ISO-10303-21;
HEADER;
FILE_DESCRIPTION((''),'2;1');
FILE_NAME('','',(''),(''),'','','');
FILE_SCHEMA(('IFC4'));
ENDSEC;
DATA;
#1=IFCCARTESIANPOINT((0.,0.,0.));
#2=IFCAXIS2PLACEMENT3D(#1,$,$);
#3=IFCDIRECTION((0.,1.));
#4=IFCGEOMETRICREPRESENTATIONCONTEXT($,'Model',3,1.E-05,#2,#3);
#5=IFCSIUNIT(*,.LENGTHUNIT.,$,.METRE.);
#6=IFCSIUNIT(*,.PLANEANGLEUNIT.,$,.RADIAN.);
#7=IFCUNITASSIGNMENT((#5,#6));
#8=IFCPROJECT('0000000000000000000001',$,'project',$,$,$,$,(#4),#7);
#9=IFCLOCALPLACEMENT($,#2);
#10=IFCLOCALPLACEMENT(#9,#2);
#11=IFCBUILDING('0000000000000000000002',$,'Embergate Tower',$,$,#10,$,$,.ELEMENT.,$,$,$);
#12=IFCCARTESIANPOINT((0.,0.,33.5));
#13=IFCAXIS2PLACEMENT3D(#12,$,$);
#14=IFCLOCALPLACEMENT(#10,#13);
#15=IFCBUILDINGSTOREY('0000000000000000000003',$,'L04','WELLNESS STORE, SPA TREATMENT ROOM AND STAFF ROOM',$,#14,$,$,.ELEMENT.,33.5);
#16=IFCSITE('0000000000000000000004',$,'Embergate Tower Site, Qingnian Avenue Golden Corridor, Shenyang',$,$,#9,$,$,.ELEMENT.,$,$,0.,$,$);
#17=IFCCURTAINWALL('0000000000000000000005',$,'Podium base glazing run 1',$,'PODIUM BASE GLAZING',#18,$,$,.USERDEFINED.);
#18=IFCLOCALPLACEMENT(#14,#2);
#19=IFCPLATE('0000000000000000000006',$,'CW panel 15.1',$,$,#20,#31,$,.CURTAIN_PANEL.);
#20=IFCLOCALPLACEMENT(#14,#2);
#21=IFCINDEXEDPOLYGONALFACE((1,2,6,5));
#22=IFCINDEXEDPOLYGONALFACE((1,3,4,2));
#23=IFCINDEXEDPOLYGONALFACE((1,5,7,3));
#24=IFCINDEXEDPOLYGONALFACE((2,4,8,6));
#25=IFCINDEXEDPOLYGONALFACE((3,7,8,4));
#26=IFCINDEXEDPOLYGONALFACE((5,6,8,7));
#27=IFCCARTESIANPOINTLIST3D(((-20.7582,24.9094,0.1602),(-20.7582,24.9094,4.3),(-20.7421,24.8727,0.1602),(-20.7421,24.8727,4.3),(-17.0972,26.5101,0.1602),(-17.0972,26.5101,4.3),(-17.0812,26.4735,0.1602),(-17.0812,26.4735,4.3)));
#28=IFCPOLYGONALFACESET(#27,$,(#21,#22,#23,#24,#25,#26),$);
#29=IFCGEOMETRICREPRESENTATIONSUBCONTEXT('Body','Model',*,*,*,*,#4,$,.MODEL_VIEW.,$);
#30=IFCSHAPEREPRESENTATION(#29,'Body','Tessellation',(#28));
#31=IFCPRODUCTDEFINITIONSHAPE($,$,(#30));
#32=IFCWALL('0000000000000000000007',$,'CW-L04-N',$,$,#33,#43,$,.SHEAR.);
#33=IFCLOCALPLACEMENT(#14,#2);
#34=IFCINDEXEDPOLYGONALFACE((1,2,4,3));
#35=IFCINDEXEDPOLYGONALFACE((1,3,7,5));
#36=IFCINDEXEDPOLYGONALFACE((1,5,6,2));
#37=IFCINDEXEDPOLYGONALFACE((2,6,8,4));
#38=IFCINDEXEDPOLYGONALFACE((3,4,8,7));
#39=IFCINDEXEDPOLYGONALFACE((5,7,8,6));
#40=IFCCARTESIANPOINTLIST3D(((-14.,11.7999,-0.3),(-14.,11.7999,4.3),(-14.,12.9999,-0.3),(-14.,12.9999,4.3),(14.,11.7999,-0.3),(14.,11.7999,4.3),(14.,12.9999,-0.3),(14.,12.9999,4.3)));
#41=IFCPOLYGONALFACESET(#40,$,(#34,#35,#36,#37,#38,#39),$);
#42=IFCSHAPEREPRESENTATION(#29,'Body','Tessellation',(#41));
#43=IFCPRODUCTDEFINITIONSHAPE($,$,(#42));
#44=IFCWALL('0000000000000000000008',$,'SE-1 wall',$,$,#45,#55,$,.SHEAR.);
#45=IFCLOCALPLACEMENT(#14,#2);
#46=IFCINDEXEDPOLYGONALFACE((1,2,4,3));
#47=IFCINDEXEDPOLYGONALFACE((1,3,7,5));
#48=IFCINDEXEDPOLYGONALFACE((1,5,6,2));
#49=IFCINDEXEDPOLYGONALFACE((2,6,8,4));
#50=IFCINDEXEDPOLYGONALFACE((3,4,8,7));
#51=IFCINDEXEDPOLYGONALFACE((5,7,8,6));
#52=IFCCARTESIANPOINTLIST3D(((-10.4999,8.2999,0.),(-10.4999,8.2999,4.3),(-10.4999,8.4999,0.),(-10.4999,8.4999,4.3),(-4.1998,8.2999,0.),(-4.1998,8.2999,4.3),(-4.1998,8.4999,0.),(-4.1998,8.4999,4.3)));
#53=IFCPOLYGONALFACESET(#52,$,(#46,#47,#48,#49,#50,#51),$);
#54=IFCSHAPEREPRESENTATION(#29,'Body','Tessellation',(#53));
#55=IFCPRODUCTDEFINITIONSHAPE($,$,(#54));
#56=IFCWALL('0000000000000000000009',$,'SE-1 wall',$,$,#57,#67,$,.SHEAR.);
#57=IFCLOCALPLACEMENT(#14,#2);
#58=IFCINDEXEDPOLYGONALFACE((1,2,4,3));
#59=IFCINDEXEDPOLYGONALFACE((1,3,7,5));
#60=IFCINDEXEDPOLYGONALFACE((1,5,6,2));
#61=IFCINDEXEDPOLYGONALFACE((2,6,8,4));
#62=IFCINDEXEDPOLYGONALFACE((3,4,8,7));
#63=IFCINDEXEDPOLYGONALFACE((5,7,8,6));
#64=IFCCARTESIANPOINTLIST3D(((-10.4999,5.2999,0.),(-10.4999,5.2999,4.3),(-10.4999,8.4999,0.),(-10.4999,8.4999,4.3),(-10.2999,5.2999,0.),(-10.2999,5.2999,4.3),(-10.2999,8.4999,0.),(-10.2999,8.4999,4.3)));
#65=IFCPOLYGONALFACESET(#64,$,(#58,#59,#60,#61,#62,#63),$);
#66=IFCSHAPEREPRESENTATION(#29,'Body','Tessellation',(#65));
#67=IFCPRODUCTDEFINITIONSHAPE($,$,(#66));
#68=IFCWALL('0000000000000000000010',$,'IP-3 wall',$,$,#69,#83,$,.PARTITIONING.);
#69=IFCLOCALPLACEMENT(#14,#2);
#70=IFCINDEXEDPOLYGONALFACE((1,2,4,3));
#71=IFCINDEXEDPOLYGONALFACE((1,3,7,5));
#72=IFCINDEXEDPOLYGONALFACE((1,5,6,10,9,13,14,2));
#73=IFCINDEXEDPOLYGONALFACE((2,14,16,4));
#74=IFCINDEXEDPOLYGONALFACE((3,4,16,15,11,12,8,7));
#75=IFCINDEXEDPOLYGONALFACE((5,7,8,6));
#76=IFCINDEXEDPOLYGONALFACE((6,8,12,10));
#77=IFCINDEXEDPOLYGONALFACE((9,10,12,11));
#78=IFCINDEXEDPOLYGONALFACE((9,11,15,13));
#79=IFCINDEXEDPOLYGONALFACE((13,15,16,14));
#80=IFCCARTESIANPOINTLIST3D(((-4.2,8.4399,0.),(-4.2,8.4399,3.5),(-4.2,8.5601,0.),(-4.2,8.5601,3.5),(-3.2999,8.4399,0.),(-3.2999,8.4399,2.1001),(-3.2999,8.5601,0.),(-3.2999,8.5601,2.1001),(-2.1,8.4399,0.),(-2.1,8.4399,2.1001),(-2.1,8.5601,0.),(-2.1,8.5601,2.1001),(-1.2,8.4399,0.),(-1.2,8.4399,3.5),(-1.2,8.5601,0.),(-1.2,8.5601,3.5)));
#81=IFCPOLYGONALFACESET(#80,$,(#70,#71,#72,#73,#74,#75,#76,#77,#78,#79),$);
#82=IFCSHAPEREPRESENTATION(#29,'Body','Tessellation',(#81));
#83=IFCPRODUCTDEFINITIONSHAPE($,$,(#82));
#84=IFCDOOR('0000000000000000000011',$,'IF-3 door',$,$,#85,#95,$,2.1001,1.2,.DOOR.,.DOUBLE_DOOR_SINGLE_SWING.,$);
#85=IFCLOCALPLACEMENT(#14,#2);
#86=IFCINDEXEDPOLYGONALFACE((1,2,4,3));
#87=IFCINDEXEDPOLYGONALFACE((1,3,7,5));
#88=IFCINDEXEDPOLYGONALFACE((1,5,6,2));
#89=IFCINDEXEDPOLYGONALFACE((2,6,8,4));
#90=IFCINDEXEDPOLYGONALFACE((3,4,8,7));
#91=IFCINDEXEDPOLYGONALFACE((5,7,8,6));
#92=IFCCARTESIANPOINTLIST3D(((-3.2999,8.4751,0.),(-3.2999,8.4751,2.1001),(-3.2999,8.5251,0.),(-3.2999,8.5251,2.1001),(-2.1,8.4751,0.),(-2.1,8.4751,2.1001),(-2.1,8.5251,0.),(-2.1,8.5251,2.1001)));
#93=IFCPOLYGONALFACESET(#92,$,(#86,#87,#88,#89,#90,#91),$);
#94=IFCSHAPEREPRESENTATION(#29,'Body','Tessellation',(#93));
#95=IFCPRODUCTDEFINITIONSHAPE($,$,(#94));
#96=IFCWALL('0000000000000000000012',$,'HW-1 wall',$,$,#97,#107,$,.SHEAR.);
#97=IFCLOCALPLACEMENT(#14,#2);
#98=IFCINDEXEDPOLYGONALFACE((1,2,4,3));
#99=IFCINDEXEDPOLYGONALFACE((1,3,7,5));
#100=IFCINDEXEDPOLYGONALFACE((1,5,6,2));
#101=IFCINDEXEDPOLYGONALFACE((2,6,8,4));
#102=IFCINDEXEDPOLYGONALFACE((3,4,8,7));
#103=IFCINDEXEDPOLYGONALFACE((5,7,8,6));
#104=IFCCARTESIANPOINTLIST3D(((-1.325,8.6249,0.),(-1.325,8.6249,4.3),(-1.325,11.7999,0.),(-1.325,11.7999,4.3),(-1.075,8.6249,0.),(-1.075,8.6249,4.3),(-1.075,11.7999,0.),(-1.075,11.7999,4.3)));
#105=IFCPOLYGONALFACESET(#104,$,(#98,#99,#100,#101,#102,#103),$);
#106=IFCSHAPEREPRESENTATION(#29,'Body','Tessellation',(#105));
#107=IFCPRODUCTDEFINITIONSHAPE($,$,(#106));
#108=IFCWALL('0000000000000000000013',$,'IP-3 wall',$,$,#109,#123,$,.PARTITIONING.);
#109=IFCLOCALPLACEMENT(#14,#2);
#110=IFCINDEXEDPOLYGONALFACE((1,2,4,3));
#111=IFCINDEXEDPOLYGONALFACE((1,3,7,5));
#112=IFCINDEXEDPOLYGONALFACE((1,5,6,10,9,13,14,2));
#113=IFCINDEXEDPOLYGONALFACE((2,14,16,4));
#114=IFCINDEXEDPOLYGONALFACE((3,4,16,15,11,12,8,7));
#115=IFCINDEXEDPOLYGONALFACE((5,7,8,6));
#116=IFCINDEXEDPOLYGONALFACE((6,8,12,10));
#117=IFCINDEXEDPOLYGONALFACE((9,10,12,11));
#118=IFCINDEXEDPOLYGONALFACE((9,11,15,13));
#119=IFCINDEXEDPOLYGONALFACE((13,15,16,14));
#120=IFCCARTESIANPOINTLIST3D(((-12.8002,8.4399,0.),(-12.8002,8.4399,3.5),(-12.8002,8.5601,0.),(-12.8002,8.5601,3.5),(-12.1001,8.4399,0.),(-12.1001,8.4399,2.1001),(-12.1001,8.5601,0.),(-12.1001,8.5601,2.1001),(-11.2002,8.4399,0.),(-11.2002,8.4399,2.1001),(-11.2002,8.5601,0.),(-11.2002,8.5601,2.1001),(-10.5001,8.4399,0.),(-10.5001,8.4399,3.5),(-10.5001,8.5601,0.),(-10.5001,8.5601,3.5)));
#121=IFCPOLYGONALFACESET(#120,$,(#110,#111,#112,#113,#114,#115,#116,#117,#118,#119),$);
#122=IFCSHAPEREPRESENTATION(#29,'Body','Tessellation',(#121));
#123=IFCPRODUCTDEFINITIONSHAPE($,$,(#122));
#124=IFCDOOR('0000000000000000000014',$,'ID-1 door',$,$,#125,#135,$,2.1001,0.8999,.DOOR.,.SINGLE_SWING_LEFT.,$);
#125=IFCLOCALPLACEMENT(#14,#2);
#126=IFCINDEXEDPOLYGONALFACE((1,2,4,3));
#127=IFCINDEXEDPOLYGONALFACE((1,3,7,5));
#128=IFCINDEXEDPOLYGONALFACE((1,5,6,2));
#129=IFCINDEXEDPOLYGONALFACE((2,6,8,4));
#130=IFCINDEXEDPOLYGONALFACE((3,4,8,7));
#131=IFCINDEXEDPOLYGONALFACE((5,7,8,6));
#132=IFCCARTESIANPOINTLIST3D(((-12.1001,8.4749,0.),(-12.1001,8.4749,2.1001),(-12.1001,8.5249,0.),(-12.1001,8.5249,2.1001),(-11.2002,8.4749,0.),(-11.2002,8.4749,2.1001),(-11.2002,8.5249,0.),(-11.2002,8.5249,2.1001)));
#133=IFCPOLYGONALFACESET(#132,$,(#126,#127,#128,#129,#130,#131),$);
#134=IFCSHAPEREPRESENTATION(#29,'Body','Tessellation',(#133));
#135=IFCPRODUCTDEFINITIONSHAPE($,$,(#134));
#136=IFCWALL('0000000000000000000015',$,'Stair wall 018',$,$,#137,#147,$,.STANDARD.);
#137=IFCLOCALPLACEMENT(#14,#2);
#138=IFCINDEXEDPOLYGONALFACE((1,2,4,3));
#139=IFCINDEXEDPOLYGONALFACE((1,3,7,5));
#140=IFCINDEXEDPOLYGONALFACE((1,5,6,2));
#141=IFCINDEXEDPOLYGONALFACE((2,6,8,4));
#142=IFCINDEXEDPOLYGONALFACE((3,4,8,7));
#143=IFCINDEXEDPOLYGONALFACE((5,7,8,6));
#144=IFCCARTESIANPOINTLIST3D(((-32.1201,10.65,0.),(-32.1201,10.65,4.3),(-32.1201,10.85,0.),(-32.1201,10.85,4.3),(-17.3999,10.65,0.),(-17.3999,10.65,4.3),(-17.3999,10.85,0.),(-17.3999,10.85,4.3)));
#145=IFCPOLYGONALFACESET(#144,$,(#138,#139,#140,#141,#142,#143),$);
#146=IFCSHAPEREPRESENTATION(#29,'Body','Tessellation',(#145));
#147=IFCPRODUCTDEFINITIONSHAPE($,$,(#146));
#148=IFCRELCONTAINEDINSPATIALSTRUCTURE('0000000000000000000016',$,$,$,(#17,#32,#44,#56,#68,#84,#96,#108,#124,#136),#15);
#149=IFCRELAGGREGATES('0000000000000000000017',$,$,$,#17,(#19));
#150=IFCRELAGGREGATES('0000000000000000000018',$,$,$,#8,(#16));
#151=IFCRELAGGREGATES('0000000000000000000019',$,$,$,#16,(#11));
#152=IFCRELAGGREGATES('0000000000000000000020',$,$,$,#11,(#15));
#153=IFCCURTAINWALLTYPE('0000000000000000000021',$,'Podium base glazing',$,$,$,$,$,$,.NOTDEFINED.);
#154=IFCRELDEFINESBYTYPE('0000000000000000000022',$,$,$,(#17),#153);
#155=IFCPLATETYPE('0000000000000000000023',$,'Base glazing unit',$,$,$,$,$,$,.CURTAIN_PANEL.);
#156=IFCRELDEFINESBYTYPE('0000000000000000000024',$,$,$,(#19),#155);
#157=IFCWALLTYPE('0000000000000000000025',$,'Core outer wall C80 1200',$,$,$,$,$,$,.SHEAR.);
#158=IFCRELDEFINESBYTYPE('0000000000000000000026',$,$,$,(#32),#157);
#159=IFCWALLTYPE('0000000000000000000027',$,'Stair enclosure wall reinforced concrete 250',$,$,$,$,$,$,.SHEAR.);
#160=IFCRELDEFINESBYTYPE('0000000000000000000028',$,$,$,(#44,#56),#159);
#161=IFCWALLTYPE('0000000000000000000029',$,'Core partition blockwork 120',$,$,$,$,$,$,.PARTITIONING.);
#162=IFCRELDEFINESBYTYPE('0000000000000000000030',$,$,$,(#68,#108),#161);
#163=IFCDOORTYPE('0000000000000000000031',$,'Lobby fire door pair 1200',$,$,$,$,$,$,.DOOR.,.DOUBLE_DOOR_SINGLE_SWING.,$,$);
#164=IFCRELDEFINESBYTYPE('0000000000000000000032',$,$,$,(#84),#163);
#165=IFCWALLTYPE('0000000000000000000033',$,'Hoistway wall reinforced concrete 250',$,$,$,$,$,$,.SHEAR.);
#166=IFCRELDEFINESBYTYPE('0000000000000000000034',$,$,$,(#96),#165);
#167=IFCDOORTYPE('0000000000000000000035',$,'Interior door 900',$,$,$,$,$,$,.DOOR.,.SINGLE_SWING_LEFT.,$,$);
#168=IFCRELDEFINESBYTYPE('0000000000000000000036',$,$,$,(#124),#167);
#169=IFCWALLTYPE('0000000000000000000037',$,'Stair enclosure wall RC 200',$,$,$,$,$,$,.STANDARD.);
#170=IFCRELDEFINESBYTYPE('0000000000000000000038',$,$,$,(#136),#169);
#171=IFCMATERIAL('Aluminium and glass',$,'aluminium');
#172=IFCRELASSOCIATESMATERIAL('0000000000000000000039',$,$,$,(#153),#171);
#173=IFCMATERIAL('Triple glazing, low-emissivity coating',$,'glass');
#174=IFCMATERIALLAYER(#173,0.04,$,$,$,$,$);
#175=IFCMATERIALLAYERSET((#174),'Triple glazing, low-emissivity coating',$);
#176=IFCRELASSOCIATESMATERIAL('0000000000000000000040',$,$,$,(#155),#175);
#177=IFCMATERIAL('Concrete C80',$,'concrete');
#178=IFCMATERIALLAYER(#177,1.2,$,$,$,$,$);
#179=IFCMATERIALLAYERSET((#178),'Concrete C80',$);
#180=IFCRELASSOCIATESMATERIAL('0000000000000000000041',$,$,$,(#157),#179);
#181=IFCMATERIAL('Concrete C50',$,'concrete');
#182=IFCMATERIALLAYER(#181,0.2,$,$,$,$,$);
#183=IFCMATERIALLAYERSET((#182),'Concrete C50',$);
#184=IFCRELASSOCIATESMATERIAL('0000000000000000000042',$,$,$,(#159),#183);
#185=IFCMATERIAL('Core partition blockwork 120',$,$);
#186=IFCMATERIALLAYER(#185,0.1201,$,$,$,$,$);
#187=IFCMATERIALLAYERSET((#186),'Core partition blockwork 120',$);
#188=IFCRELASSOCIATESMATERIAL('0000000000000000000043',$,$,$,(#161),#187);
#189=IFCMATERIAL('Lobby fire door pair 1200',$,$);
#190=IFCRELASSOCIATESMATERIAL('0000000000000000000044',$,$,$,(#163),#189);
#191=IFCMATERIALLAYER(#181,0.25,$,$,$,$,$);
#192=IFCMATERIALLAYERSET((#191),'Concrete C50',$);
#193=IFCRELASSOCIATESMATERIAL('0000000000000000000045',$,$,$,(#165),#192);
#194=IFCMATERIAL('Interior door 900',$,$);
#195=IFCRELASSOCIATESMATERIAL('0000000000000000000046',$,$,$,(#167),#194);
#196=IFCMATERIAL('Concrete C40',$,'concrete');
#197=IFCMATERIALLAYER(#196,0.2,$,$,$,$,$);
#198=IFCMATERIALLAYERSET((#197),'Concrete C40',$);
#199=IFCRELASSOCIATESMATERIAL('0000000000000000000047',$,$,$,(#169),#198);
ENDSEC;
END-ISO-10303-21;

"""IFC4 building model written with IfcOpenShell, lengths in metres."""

from ifc_helpers import new_model, si_unit, direction, frame, frame_2d, origin, origin_2d, place, context, subcontext, project, spatial, rectangle, extrude, source, transform, mapped, material, layer, layer_set, type_object, element, fill, aggregate, save


model = new_model("IFC4")

# Units and contexts
model_context = context("Model", 3, precision=1e-05, world=origin(), true_north=direction((0.0, 1.0)))
body_context = subcontext(model_context, "Body", "Model", "MODEL_VIEW")
ifc_project = project(units=[si_unit("LENGTHUNIT", "METRE"), si_unit("PLANEANGLEUNIT", "RADIAN")], contexts=[model_context])

# Site, building, storey
site_placement = place(None, origin())
site = spatial("IfcSite", under=ifc_project, at=site_placement, Name="Embergate Tower Site, Qingnian Avenue Golden Corridor, Shenyang", CompositionType="ELEMENT", RefElevation=0.0)
building_placement = place(site_placement, origin())
building = spatial("IfcBuilding", under=site, at=building_placement, Name="Embergate Tower", CompositionType="ELEMENT")
storey_placement = place(building_placement, frame((0.0, 0.0, 33.5)))
storey = spatial("IfcBuildingStorey", under=building, at=storey_placement, Name="L04", Description="WELLNESS STORE, SPA TREATMENT ROOM AND STAFF ROOM", CompositionType="ELEMENT", Elevation=33.5)

# Curtain wall, plate
ifc_material_1 = material(Name="Aluminium and glass", Category="aluminium")
curtain_wall_type = type_object("IfcCurtainWallType", Name="Podium base glazing", PredefinedType="NOTDEFINED", material=ifc_material_1)
curtain_wall_placement = place(storey_placement, origin())
curtain_wall = element("IfcCurtainWall", 1, at=curtain_wall_placement, inside=storey, type_object=curtain_wall_type, Name="Podium base glazing run 1", ObjectType="PODIUM BASE GLAZING", PredefinedType="USERDEFINED")
ifc_material_2 = material(Name="Triple glazing, low-emissivity coating", Category="glass")
ifc_layer_1 = layer(ifc_material_2, 0.04)
ifc_layer_set_1 = layer_set([ifc_layer_1], Name="Triple glazing, low-emissivity coating")
plate_type = type_object("IfcPlateType", Name="Base glazing unit", PredefinedType="CURTAIN_PANEL", material=ifc_layer_set_1)
shared_shape_1 = source(origin(), body_context, "Body", "SweptSolid", [
    extrude(rectangle(XDim=3.9956, YDim=0.04, at=origin_2d()), origin(), (0.0, 0.0, 1.0), 4.1399),
])
plate_placement = place(storey_placement, frame((-18.9197, 25.6914, 0.1602), z_axis=(0.0, 0.0, 1.0), x_axis=(-0.916237, -0.400637, 0.0)))
plate = element("IfcPlate", 2, at=plate_placement, type_object=plate_type, Name="CW panel 15.1", PredefinedType="CURTAIN_PANEL", context=body_context, shape_type="MappedRepresentation", body=[
    mapped(shared_shape_1, transform((0.0, 0.0, 0.0))),
])
aggregate(curtain_wall, [plate])

# Walls
ifc_material_3 = material(Name="Concrete C80", Category="concrete")
ifc_layer_2 = layer(ifc_material_3, 1.2)
ifc_layer_set_2 = layer_set([ifc_layer_2], Name="Concrete C80")
wall_type_1 = type_object("IfcWallType", Name="Core outer wall C80 1200", PredefinedType="SHEAR", material=ifc_layer_set_2)
shared_shape_2 = source(origin(), body_context, "Body", "SweptSolid", [
    extrude(rectangle(XDim=28.0, YDim=1.2, at=frame_2d((14.0, 0.0))), origin(), (0.0, 0.0, 1.0), 4.6001),
])
wall_1_placement = place(storey_placement, frame((-14.0, 12.3999, -0.3), z_axis=(0.0, 0.0, 1.0), x_axis=(1.0, 0.0, 0.0)))
element("IfcWall", 3, at=wall_1_placement, inside=storey, type_object=wall_type_1, Name="CW-L04-N", PredefinedType="SHEAR", context=body_context, shape_type="MappedRepresentation", body=[
    mapped(shared_shape_2, transform((0.0, 0.0, 0.0))),
])
ifc_material_4 = material(Name="Concrete C50", Category="concrete")
ifc_layer_3 = layer(ifc_material_4, 0.2)
ifc_layer_set_3 = layer_set([ifc_layer_3], Name="Concrete C50")
wall_type_2 = type_object("IfcWallType", Name="Stair enclosure wall reinforced concrete 250", PredefinedType="SHEAR", material=ifc_layer_set_3)
shared_shape_3 = source(origin(), body_context, "Body", "SweptSolid", [
    extrude(rectangle(XDim=6.3, YDim=0.2, at=frame_2d((3.1499, 0.0))), origin(), (0.0, 0.0, 1.0), 4.3),
])
wall_2_placement = place(storey_placement, frame((-4.2, 8.3999, 0.0), z_axis=(0.0, 0.0, 1.0), x_axis=(-1.0, 0.0, 0.0)))
element("IfcWall", 4, at=wall_2_placement, inside=storey, type_object=wall_type_2, Name="SE-1 wall", PredefinedType="SHEAR", context=body_context, shape_type="MappedRepresentation", body=[
    mapped(shared_shape_3, transform((0.0, 0.0, 0.0))),
])
shared_shape_4 = source(origin(), body_context, "Body", "SweptSolid", [
    extrude(rectangle(XDim=3.2, YDim=0.2, at=frame_2d((1.6001, 0.0))), origin(), (0.0, 0.0, 1.0), 4.3),
])
wall_3_placement = place(storey_placement, frame((-10.3999, 8.5, 0.0), z_axis=(0.0, 0.0, 1.0), x_axis=(0.0, -1.0, 0.0)))
element("IfcWall", 5, at=wall_3_placement, inside=storey, type_object=wall_type_2, Name="SE-1 wall", PredefinedType="SHEAR", context=body_context, shape_type="MappedRepresentation", body=[
    mapped(shared_shape_4, transform((0.0, 0.0, 0.0))),
])

# Wall, opening, door
ifc_material_5 = material(Name="Core partition blockwork 120")
ifc_layer_4 = layer(ifc_material_5, 0.1201)
ifc_layer_set_4 = layer_set([ifc_layer_4], Name="Core partition blockwork 120")
wall_type_3 = type_object("IfcWallType", Name="Core partition blockwork 120", PredefinedType="PARTITIONING", material=ifc_layer_set_4)
shared_shape_5 = source(origin(), body_context, "Body", "SweptSolid", [
    extrude(rectangle(XDim=3.0, YDim=0.1201, at=frame_2d((1.5, 0.0))), origin(), (0.0, 0.0, 1.0), 3.5),
])
wall_4_placement = place(storey_placement, frame((-1.2, 8.5, 0.0), z_axis=(0.0, 0.0, 1.0), x_axis=(-1.0, 0.0, 0.0)))
wall_4 = element("IfcWall", 6, at=wall_4_placement, inside=storey, type_object=wall_type_3, Name="IP-3 wall", PredefinedType="PARTITIONING", context=body_context, shape_type="MappedRepresentation", body=[
    mapped(shared_shape_5, transform((0.0, 0.0, 0.0))),
])
shared_shape_6 = source(origin(), body_context, "Body", "SweptSolid", [
    extrude(rectangle(XDim=1.2, YDim=2.1001, at=frame_2d((0.6001, 1.05))), frame((0.0, 0.0701, 0.0), z_axis=(0.0, -1.0, 0.0), x_axis=(1.0, 0.0, 0.0)), (0.0, 0.0, 1.0), 0.1401),
])
opening_1_placement = place(wall_4_placement, frame((0.8999, 0.0, 0.0)))
opening_1 = element("IfcOpeningElement", 7, at=opening_1_placement, cuts=wall_4, PredefinedType="OPENING", context=body_context, shape_type="MappedRepresentation", body=[
    mapped(shared_shape_6, transform((0.0, 0.0, 0.0))),
])
ifc_material_6 = material(Name="Lobby fire door pair 1200")
door_type_1 = type_object("IfcDoorType", Name="Lobby fire door pair 1200", OperationType="DOUBLE_DOOR_SINGLE_SWING", PredefinedType="DOOR", material=ifc_material_6)
shared_shape_7 = source(origin(), body_context, "Body", "SweptSolid", [
    extrude(rectangle(XDim=1.2, YDim=2.1001, at=frame_2d((0.6001, 1.05))), frame((0.0, 0.0249, 0.0), z_axis=(0.0, -1.0, 0.0), x_axis=(1.0, 0.0, 0.0)), (0.0, 0.0, 1.0), 0.05),
])
door_1_placement = place(opening_1_placement, origin())
door_1 = element("IfcDoor", 8, at=door_1_placement, inside=storey, type_object=door_type_1, Name="IF-3 door", OperationType="DOUBLE_DOOR_SINGLE_SWING", OverallHeight=2.1001, OverallWidth=1.2, PredefinedType="DOOR", context=body_context, shape_type="MappedRepresentation", body=[
    mapped(shared_shape_7, transform((0.0, 0.0, 0.0))),
])
fill(opening_1, door_1)

# Wall
ifc_layer_5 = layer(ifc_material_4, 0.25)
ifc_layer_set_5 = layer_set([ifc_layer_5], Name="Concrete C50")
wall_type_4 = type_object("IfcWallType", Name="Hoistway wall reinforced concrete 250", PredefinedType="SHEAR", material=ifc_layer_set_5)
shared_shape_8 = source(origin(), body_context, "Body", "SweptSolid", [
    extrude(rectangle(XDim=3.175, YDim=0.25, at=frame_2d((1.5874, 0.0))), origin(), (0.0, 0.0, 1.0), 4.3),
])
wall_5_placement = place(storey_placement, frame((-1.2, 8.625, 0.0), z_axis=(0.0, 0.0, 1.0), x_axis=(0.0, 1.0, 0.0)))
element("IfcWall", 9, at=wall_5_placement, inside=storey, type_object=wall_type_4, Name="HW-1 wall", PredefinedType="SHEAR", context=body_context, shape_type="MappedRepresentation", body=[
    mapped(shared_shape_8, transform((0.0, 0.0, 0.0))),
])

# Wall, opening, door
shared_shape_9 = source(origin(), body_context, "Body", "SweptSolid", [
    extrude(rectangle(XDim=2.3, YDim=0.1201, at=frame_2d((1.1499, 0.0))), origin(), (0.0, 0.0, 1.0), 3.5),
])
wall_6_placement = place(storey_placement, frame((-12.8, 8.5, 0.0), z_axis=(0.0, 0.0, 1.0), x_axis=(1.0, 0.0, 0.0)))
wall_6 = element("IfcWall", 10, at=wall_6_placement, inside=storey, type_object=wall_type_3, Name="IP-3 wall", PredefinedType="PARTITIONING", context=body_context, shape_type="MappedRepresentation", body=[
    mapped(shared_shape_9, transform((0.0, 0.0, 0.0))),
])
shared_shape_10 = source(origin(), body_context, "Body", "SweptSolid", [
    extrude(rectangle(XDim=0.8999, YDim=2.1001, at=frame_2d((0.45, 1.05))), frame((0.0, 0.0701, 0.0), z_axis=(0.0, -1.0, 0.0), x_axis=(1.0, 0.0, 0.0)), (0.0, 0.0, 1.0), 0.1401),
])
opening_2_placement = place(wall_6_placement, frame((0.7, 0.0, 0.0)))
opening_2 = element("IfcOpeningElement", 11, at=opening_2_placement, cuts=wall_6, PredefinedType="OPENING", context=body_context, shape_type="MappedRepresentation", body=[
    mapped(shared_shape_10, transform((0.0, 0.0, 0.0))),
])
ifc_material_7 = material(Name="Interior door 900")
door_type_2 = type_object("IfcDoorType", Name="Interior door 900", OperationType="SINGLE_SWING_LEFT", PredefinedType="DOOR", material=ifc_material_7)
shared_shape_11 = source(origin(), body_context, "Body", "SweptSolid", [
    extrude(rectangle(XDim=0.8999, YDim=2.1001, at=frame_2d((0.45, 1.05))), frame((0.0, 0.0249, 0.0), z_axis=(0.0, -1.0, 0.0), x_axis=(1.0, 0.0, 0.0)), (0.0, 0.0, 1.0), 0.05),
])
door_2_placement = place(opening_2_placement, origin())
door_2 = element("IfcDoor", 12, at=door_2_placement, inside=storey, type_object=door_type_2, Name="ID-1 door", OperationType="SINGLE_SWING_LEFT", OverallHeight=2.1001, OverallWidth=0.8999, PredefinedType="DOOR", context=body_context, shape_type="MappedRepresentation", body=[
    mapped(shared_shape_11, transform((0.0, 0.0, 0.0))),
])
fill(opening_2, door_2)

# Wall
ifc_material_8 = material(Name="Concrete C40", Category="concrete")
ifc_layer_6 = layer(ifc_material_8, 0.2)
ifc_layer_set_6 = layer_set([ifc_layer_6], Name="Concrete C40")
wall_type_5 = type_object("IfcWallType", Name="Stair enclosure wall RC 200", PredefinedType="STANDARD", material=ifc_layer_set_6)
shared_shape_12 = source(origin(), body_context, "Body", "SweptSolid", [
    extrude(rectangle(XDim=14.7202, YDim=0.2, at=frame_2d((7.3601, 0.0))), origin(), (0.0, 0.0, 1.0), 4.3),
])
wall_7_placement = place(storey_placement, frame((-17.3999, 10.75, 0.0), z_axis=(0.0, 0.0, 1.0), x_axis=(-1.0, 0.0, 0.0)))
element("IfcWall", 13, at=wall_7_placement, inside=storey, type_object=wall_type_5, Name="Stair wall 018", PredefinedType="STANDARD", context=body_context, shape_type="MappedRepresentation", body=[
    mapped(shared_shape_12, transform((0.0, 0.0, 0.0))),
])

save(model, "model.ifc")
